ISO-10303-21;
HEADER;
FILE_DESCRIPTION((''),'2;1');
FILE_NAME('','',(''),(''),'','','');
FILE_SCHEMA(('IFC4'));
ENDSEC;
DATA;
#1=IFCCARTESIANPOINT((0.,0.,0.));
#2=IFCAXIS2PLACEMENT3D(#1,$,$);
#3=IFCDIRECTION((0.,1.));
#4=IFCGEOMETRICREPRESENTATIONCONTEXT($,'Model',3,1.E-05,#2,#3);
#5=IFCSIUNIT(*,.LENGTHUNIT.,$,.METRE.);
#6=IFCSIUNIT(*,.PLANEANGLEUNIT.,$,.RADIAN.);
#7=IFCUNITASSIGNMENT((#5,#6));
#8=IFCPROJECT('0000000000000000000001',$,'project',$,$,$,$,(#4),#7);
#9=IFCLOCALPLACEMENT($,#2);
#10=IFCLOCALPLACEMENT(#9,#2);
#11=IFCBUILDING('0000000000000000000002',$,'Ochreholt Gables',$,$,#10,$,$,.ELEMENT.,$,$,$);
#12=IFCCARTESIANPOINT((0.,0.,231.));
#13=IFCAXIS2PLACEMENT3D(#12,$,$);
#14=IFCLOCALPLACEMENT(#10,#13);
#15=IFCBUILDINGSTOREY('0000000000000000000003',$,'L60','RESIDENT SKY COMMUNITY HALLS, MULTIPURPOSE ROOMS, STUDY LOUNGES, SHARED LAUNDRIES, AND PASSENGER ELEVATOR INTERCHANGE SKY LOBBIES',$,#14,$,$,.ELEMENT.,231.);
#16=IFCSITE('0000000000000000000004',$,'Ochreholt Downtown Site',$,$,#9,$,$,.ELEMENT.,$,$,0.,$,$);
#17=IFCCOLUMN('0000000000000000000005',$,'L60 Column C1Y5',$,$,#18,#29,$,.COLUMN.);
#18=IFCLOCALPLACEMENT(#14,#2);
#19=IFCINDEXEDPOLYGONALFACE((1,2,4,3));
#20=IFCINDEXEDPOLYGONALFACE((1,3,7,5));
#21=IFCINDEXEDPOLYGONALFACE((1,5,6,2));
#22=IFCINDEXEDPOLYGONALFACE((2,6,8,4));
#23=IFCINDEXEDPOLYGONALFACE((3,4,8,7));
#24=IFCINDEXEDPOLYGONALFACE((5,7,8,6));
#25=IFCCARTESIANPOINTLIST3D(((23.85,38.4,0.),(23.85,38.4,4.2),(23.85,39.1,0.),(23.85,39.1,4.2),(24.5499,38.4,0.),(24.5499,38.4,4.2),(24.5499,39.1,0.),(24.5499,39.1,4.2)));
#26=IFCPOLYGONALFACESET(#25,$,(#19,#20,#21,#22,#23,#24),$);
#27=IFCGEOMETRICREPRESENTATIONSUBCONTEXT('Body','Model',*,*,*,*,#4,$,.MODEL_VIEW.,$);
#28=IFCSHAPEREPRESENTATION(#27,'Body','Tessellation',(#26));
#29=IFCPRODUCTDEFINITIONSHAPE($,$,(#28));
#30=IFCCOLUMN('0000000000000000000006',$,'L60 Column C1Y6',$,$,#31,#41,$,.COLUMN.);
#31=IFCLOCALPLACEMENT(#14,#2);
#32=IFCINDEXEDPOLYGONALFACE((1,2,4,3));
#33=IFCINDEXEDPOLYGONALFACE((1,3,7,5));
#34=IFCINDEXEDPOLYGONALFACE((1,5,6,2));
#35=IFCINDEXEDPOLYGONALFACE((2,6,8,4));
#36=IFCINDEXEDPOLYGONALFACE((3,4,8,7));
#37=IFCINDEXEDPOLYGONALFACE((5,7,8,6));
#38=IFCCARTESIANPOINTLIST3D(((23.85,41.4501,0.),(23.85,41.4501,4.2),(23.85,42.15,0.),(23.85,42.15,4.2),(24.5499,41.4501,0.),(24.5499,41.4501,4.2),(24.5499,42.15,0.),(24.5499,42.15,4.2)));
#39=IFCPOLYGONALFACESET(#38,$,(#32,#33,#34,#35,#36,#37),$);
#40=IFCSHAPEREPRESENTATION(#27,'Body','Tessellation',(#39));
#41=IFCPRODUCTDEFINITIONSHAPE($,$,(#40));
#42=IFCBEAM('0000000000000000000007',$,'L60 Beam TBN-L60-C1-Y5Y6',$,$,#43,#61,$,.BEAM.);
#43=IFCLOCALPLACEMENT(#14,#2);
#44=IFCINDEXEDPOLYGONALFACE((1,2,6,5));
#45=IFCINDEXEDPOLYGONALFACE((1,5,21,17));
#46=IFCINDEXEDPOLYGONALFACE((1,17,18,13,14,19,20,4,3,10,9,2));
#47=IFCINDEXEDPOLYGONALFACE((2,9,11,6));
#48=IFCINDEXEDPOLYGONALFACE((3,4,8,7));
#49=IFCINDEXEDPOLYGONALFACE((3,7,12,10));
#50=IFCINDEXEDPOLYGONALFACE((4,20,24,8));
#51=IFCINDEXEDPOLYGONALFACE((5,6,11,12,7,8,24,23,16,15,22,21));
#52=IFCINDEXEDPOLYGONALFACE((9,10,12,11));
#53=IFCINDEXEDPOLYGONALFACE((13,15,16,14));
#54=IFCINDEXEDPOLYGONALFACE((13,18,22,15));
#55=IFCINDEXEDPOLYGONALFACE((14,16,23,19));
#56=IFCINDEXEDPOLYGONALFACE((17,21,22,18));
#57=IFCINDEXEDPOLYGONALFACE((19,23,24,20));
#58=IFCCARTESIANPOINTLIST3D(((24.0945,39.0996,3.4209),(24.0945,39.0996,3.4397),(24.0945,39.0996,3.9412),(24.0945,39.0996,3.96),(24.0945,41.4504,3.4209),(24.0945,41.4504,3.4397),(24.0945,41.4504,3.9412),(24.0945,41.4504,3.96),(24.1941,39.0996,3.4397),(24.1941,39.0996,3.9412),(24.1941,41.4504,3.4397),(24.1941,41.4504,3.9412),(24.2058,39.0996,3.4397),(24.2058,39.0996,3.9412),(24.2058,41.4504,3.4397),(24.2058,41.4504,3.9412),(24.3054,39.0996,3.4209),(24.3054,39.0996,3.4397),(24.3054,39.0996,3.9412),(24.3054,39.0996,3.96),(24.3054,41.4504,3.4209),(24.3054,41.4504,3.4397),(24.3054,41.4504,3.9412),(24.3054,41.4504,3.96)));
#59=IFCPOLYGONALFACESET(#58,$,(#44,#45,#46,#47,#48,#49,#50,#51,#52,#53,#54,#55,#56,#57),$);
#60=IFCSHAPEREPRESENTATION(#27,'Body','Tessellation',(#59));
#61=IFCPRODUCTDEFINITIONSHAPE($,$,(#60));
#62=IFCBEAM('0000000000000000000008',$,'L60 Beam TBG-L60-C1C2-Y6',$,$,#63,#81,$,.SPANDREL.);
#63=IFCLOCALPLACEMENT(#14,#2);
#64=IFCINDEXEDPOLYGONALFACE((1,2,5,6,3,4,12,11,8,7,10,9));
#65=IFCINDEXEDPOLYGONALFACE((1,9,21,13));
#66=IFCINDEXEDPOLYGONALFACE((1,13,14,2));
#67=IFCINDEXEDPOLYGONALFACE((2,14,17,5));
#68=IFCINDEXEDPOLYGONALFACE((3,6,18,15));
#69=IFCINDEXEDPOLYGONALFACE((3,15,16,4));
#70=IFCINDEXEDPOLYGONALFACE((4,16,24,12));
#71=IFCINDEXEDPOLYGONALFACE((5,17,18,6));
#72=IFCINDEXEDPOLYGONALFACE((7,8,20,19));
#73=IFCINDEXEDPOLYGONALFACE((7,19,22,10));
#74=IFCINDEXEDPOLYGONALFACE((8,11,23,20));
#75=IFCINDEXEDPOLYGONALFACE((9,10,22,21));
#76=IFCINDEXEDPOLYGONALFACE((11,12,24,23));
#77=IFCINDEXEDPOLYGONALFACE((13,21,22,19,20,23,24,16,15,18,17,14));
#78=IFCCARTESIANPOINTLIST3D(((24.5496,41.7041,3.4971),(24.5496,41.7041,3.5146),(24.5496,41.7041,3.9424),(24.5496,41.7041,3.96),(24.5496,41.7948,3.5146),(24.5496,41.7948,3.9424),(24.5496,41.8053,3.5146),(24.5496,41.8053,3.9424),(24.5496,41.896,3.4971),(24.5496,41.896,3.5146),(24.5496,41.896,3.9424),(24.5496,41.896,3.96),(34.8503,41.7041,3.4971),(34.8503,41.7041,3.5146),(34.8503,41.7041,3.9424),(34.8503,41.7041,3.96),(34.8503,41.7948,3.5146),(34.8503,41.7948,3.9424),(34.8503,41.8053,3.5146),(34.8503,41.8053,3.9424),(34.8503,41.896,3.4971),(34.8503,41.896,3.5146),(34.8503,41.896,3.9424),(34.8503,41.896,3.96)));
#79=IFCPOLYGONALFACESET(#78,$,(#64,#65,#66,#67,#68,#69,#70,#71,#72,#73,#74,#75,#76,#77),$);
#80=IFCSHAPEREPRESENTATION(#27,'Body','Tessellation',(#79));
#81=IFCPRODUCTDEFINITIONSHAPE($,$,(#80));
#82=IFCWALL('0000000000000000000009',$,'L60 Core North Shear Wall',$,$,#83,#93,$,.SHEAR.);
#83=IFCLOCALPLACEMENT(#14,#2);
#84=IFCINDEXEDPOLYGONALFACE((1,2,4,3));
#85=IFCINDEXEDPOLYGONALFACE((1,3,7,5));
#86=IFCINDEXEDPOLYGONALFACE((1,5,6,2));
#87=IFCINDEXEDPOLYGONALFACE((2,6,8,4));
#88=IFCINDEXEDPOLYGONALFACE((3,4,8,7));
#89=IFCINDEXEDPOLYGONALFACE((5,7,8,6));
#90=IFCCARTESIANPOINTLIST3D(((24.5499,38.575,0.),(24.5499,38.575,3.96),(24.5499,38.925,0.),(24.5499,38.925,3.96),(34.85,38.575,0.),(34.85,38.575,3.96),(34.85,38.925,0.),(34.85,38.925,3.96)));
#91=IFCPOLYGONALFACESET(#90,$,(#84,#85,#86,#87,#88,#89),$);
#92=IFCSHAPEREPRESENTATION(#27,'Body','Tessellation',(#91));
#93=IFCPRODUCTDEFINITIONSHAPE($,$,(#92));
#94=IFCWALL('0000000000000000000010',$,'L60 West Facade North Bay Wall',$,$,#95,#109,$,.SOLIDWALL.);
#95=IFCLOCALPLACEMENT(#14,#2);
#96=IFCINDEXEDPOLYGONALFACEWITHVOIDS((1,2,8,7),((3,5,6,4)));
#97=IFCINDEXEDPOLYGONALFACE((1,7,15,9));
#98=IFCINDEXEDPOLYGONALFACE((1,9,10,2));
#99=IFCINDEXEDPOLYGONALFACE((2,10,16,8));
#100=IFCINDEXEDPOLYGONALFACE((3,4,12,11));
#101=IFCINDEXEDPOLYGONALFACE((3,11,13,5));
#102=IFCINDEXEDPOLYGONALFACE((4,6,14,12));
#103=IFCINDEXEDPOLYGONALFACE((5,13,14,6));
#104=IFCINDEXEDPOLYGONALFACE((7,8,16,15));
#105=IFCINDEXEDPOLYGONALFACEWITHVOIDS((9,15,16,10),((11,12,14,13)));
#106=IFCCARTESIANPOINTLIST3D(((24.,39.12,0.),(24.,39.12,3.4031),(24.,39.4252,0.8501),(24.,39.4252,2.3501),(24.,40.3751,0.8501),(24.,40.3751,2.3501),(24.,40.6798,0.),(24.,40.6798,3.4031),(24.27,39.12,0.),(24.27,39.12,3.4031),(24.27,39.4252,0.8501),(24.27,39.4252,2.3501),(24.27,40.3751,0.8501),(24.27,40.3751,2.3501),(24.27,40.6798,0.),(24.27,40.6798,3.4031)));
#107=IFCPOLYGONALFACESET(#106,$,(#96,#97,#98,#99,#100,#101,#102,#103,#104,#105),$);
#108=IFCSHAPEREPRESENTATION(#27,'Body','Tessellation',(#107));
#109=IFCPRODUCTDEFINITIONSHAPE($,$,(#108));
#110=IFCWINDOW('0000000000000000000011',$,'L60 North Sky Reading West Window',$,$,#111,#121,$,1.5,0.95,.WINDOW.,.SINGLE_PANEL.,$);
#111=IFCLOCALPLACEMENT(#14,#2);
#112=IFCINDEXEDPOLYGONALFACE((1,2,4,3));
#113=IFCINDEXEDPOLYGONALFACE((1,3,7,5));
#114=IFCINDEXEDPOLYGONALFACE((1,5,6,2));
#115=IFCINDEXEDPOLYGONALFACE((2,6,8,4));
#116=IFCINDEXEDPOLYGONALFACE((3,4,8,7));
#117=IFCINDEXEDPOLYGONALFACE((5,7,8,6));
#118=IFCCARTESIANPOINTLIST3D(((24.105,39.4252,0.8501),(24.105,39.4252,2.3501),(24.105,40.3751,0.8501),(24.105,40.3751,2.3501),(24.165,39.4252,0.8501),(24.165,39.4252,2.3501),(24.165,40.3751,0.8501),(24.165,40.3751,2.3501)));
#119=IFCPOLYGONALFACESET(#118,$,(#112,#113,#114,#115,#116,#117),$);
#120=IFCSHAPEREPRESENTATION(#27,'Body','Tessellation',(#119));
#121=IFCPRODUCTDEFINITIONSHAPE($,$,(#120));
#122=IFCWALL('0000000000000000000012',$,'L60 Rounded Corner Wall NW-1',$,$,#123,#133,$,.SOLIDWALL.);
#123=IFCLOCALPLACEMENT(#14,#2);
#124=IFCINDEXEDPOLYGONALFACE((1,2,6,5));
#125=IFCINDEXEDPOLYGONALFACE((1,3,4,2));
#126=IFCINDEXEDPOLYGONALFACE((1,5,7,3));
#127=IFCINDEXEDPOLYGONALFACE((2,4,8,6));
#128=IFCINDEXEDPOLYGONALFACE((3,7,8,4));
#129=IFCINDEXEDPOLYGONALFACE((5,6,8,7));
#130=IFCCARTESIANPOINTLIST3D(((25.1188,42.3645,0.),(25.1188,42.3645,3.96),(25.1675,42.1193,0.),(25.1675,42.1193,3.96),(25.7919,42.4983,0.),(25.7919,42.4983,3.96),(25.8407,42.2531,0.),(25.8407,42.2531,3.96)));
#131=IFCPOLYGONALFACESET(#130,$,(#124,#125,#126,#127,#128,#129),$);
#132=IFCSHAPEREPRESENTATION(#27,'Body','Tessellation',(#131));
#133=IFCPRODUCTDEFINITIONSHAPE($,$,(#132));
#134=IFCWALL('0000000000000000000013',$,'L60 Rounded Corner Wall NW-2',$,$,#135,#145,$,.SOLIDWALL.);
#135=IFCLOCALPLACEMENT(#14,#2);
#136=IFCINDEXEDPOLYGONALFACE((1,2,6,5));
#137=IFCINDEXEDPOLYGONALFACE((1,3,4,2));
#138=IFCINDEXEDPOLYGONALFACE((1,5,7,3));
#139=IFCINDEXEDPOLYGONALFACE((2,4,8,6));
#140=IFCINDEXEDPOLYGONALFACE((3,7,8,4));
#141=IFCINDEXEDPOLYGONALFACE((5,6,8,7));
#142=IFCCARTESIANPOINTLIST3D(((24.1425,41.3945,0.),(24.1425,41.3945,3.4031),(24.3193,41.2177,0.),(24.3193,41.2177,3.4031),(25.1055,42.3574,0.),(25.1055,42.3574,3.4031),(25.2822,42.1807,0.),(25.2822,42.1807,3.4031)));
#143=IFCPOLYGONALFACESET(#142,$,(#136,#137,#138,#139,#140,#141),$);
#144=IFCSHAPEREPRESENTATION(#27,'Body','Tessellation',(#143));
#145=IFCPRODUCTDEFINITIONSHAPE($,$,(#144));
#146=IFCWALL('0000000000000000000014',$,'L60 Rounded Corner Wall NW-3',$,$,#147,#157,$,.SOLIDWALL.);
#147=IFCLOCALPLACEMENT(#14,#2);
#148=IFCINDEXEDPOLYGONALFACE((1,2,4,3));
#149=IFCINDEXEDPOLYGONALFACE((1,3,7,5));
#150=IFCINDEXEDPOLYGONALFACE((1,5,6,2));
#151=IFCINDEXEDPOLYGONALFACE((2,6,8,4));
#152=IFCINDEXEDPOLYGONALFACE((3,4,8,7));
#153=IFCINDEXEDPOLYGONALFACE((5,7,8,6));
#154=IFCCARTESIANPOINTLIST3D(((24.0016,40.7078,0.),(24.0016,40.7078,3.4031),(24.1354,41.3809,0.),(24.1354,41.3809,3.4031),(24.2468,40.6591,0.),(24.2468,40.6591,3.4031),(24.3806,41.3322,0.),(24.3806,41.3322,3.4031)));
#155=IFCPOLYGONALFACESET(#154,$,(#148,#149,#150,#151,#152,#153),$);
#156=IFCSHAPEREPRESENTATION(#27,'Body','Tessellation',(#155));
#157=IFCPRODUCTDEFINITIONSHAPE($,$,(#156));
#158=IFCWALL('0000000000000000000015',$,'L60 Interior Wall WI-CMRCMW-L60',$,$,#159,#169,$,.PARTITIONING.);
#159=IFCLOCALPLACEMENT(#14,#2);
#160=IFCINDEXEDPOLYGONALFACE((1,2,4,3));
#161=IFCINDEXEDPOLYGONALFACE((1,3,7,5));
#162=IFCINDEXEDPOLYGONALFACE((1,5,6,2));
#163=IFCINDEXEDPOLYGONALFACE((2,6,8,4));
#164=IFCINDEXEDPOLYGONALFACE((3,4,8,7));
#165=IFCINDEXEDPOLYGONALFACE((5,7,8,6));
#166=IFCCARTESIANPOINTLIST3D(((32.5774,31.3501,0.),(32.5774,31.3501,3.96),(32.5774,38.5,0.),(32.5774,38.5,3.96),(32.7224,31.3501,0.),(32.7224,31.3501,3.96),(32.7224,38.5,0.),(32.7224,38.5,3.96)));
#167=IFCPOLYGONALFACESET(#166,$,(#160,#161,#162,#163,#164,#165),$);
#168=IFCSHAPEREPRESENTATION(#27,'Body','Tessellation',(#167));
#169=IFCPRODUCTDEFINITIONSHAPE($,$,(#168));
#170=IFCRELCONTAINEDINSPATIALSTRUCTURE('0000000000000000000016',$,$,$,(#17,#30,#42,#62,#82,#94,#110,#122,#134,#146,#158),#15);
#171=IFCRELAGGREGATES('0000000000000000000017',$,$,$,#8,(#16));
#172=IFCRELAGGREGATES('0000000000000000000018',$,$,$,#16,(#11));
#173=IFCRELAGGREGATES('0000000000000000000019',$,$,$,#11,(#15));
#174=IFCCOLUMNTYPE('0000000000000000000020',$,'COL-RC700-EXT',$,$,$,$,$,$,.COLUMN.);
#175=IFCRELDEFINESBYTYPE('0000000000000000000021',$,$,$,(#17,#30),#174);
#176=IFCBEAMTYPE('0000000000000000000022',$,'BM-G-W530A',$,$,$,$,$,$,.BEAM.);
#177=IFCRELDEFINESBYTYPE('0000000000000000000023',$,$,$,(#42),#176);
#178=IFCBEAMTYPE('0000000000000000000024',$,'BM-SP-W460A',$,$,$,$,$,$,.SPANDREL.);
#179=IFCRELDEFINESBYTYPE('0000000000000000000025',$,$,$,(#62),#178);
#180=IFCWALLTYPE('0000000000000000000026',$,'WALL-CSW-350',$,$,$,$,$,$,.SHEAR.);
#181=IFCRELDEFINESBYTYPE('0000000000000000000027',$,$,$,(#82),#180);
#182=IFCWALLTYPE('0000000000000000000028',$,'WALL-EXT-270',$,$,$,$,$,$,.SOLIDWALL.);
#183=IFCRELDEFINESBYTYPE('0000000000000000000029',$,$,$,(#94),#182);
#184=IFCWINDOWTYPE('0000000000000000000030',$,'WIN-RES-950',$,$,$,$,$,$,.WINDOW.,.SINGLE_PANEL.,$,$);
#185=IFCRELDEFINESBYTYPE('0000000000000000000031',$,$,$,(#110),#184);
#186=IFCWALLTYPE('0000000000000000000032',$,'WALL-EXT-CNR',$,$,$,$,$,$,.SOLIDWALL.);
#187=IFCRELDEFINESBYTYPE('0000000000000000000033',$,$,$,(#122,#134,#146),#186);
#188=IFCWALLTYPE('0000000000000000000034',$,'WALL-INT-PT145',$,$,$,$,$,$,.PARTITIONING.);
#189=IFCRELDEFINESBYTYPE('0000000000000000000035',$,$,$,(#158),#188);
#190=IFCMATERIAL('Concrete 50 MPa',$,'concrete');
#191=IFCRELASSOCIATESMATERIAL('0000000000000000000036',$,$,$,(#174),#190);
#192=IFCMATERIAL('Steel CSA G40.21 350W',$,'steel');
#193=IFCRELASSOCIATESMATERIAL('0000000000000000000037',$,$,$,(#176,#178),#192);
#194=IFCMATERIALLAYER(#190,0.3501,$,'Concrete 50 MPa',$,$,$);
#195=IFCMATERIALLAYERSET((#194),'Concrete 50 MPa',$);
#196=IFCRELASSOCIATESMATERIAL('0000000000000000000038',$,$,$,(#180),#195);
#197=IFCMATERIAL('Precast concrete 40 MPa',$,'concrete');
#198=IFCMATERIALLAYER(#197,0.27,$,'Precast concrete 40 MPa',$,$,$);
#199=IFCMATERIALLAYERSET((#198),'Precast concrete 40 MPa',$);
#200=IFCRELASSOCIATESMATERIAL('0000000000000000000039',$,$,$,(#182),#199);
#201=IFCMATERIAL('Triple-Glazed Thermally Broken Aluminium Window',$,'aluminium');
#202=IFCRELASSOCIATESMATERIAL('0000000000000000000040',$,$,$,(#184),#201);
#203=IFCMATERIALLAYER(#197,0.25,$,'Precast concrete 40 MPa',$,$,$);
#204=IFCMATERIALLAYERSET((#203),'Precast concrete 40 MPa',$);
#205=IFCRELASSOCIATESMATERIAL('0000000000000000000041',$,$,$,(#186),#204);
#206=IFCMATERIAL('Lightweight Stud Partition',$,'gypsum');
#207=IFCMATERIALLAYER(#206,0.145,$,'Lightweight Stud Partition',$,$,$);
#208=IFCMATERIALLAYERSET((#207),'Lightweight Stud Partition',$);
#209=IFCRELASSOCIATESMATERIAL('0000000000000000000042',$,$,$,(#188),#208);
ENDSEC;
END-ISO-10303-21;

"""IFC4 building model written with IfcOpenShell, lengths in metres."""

from ifc_helpers import new_model, si_unit, direction, frame, frame_2d, origin, origin_2d, place, context, subcontext, project, spatial, rectangle, i_section, extrude, material, layer, layer_set, material_profile, profile_set, type_object, element, fill, save


model = new_model("IFC4")

# Units and contexts
model_context = context("Model", 3, precision=1e-05, world=origin(), true_north=direction((0.0, 1.0)))
body_context = subcontext(model_context, "Body", "Model", "MODEL_VIEW")
ifc_project = project(units=[si_unit("LENGTHUNIT", "METRE"), si_unit("PLANEANGLEUNIT", "RADIAN")], contexts=[model_context])

# Site, building, storey
site_placement = place(None, origin())
site = spatial("IfcSite", under=ifc_project, at=site_placement, Name="Ochreholt Downtown Site", CompositionType="ELEMENT", RefElevation=0.0)
building_placement = place(site_placement, origin())
building = spatial("IfcBuilding", under=site, at=building_placement, Name="Ochreholt Gables", CompositionType="ELEMENT")
storey_placement = place(building_placement, frame((0.0, 0.0, 231.0)))
storey = spatial("IfcBuildingStorey", under=building, at=storey_placement, Name="L60", Description="RESIDENT SKY COMMUNITY HALLS, MULTIPURPOSE ROOMS, STUDY LOUNGES, SHARED LAUNDRIES, AND PASSENGER ELEVATOR INTERCHANGE SKY LOBBIES", CompositionType="ELEMENT", Elevation=231.0)

# Columns
ifc_material_1 = material(Name="Concrete 50 MPa", Category="concrete")
ifc_material_profile_1 = material_profile(ifc_material_1, rectangle(XDim=0.7, YDim=0.7, at=origin_2d()), Name="RC700X700")
ifc_profile_set_1 = profile_set([ifc_material_profile_1], Name="Concrete 50 MPa")
column_type = type_object("IfcColumnType", Name="COL-RC700-EXT", PredefinedType="COLUMN", material=ifc_profile_set_1)
for number, where, z_axis, x_axis, name in (
    (1, (24.2, 38.75, 0.0), (0.0, 0.0, 1.0), (1.0, 0.0, 0.0), "L60 Column C1Y5"),
    (2, (24.2, 41.8, 0.0), (0.0, 0.0, 1.0), (1.0, 0.0, 0.0), "L60 Column C1Y6"),
):
    element("IfcColumn", number, at=place(storey_placement, frame(where, z_axis=z_axis, x_axis=x_axis)), inside=storey, type_object=column_type, Name=name, PredefinedType="COLUMN", context=body_context, shape_type="SweptSolid", body=[
        extrude(rectangle(XDim=0.7, YDim=0.7, at=origin_2d()), origin(), (0.0, 0.0, 1.0), 4.2),
    ])

# Beams
ifc_material_2 = material(Name="Steel CSA G40.21 350W", Category="steel")
ifc_material_profile_2 = material_profile(ifc_material_2, i_section(OverallWidth=0.2109, OverallDepth=0.5391, WebThickness=0.0117, FlangeThickness=0.0188, at=origin_2d()), Name="W530X109")
ifc_profile_set_2 = profile_set([ifc_material_profile_2], Name="Steel CSA G40.21 350W")
beam_type_1 = type_object("IfcBeamType", Name="BM-G-W530A", PredefinedType="BEAM", material=ifc_profile_set_2)
beam_1_placement = place(storey_placement, frame((24.2, 39.0996, 3.6904), z_axis=(0.0, 1.0, 0.0), x_axis=(-1.0, 0.0, 0.0)))
element("IfcBeam", 3, at=beam_1_placement, inside=storey, type_object=beam_type_1, Name="L60 Beam TBN-L60-C1-Y5Y6", PredefinedType="BEAM", context=body_context, shape_type="SweptSolid", body=[
    extrude(i_section(OverallWidth=0.2109, OverallDepth=0.5391, WebThickness=0.0117, FlangeThickness=0.0188, at=origin_2d()), origin(), (0.0, 0.0, 1.0), 2.3508),
])
ifc_material_profile_3 = material_profile(ifc_material_2, i_section(OverallWidth=0.1919, OverallDepth=0.4629, WebThickness=0.0105, FlangeThickness=0.0176, at=origin_2d()), Name="W460X89")
ifc_profile_set_3 = profile_set([ifc_material_profile_3], Name="Steel CSA G40.21 350W")
beam_type_2 = type_object("IfcBeamType", Name="BM-SP-W460A", PredefinedType="SPANDREL", material=ifc_profile_set_3)
beam_2_placement = place(storey_placement, frame((24.5496, 41.8, 3.7285), z_axis=(1.0, 0.0, 0.0), x_axis=(0.0, 1.0, 0.0)))
element("IfcBeam", 4, at=beam_2_placement, inside=storey, type_object=beam_type_2, Name="L60 Beam TBG-L60-C1C2-Y6", PredefinedType="SPANDREL", context=body_context, shape_type="SweptSolid", body=[
    extrude(i_section(OverallWidth=0.1919, OverallDepth=0.4629, WebThickness=0.0105, FlangeThickness=0.0176, at=origin_2d()), origin(), (0.0, 0.0, 1.0), 10.3008),
])

# Wall
ifc_layer_1 = layer(ifc_material_1, 0.3501, Name="Concrete 50 MPa")
ifc_layer_set_1 = layer_set([ifc_layer_1], Name="Concrete 50 MPa")
wall_type_1 = type_object("IfcWallType", Name="WALL-CSW-350", PredefinedType="SHEAR", material=ifc_layer_set_1)
wall_1_placement = place(storey_placement, frame((24.55, 38.75, 0.0), z_axis=(0.0, 0.0, 1.0), x_axis=(1.0, 0.0, 0.0)))
element("IfcWall", 5, at=wall_1_placement, inside=storey, type_object=wall_type_1, Name="L60 Core North Shear Wall", PredefinedType="SHEAR", context=body_context, shape_type="SweptSolid", body=[
    extrude(rectangle(XDim=10.3, YDim=0.3501, at=frame_2d((5.1499, 0.0))), origin(), (0.0, 0.0, 1.0), 3.96),
])

# Wall, opening, window
ifc_material_3 = material(Name="Precast concrete 40 MPa", Category="concrete")
ifc_layer_2 = layer(ifc_material_3, 0.27, Name="Precast concrete 40 MPa")
ifc_layer_set_2 = layer_set([ifc_layer_2], Name="Precast concrete 40 MPa")
wall_type_2 = type_object("IfcWallType", Name="WALL-EXT-270", PredefinedType="SOLIDWALL", material=ifc_layer_set_2)
wall_2_placement = place(storey_placement, frame((24.135, 39.1201, 0.0), z_axis=(0.0, 0.0, 1.0), x_axis=(0.0, 1.0, 0.0)))
wall_2 = element("IfcWall", 6, at=wall_2_placement, inside=storey, type_object=wall_type_2, Name="L60 West Facade North Bay Wall", PredefinedType="SOLIDWALL", context=body_context, shape_type="SweptSolid", body=[
    extrude(rectangle(XDim=1.5598, YDim=0.27, at=frame_2d((0.7798, 0.0))), origin(), (0.0, 0.0, 1.0), 3.4031),
])
opening_1_placement = place(wall_2_placement, frame((0.3049, 0.0, 0.8501)))
opening_1 = element("IfcOpeningElement", 7, at=opening_1_placement, cuts=wall_2, PredefinedType="OPENING", context=body_context, shape_type="SweptSolid", body=[
    extrude(rectangle(XDim=0.95, YDim=1.5, at=frame_2d((0.4751, 0.75))), frame((0.0, 0.145, 0.0), z_axis=(0.0, -1.0, 0.0), x_axis=(1.0, 0.0, 0.0)), (0.0, 0.0, 1.0), 0.29),
])
ifc_material_4 = material(Name="Triple-Glazed Thermally Broken Aluminium Window", Category="aluminium")
window_type = type_object("IfcWindowType", Name="WIN-RES-950", PartitioningType="SINGLE_PANEL", PredefinedType="WINDOW", material=ifc_material_4)
window_placement = place(opening_1_placement, origin())
window = element("IfcWindow", 8, at=window_placement, inside=storey, type_object=window_type, Name="L60 North Sky Reading West Window", OverallHeight=1.5, OverallWidth=0.95, PartitioningType="SINGLE_PANEL", PredefinedType="WINDOW", context=body_context, shape_type="SweptSolid", body=[
    extrude(rectangle(XDim=0.95, YDim=1.5, at=frame_2d((0.4751, 0.75))), frame((0.0, 0.03, 0.0), z_axis=(0.0, -1.0, 0.0), x_axis=(1.0, 0.0, 0.0)), (0.0, 0.0, 1.0), 0.0601),
])
fill(opening_1, window)

# Walls
ifc_layer_3 = layer(ifc_material_3, 0.25, Name="Precast concrete 40 MPa")
ifc_layer_set_3 = layer_set([ifc_layer_3], Name="Precast concrete 40 MPa")
wall_type_3 = type_object("IfcWallType", Name="WALL-EXT-CNR", PredefinedType="SOLIDWALL", material=ifc_layer_set_3)
wall_3_placement = place(storey_placement, frame((25.8164, 42.3757, 0.0), z_axis=(0.0, 0.0, 1.0), x_axis=(-0.980813, -0.194953, 0.0)))
element("IfcWall", 9, at=wall_3_placement, inside=storey, type_object=wall_type_3, Name="L60 Rounded Corner Wall NW-1", PredefinedType="SOLIDWALL", context=body_context, shape_type="SweptSolid", body=[
    extrude(rectangle(XDim=0.6863, YDim=0.25, at=frame_2d((0.3433, 0.0))), origin(), (0.0, 0.0, 1.0), 3.96),
])
wall_4_placement = place(storey_placement, frame((25.1938, 42.269, 0.0), z_axis=(0.0, 0.0, 1.0), x_axis=(-0.707107, -0.707107, 0.0)))
element("IfcWall", 10, at=wall_4_placement, inside=storey, type_object=wall_type_3, Name="L60 Rounded Corner Wall NW-2", PredefinedType="SOLIDWALL", context=body_context, shape_type="SweptSolid", body=[
    extrude(rectangle(XDim=1.3618, YDim=0.25, at=frame_2d((0.6809, 0.0))), origin(), (0.0, 0.0, 1.0), 3.4031),
])
wall_5_placement = place(storey_placement, frame((24.2581, 41.3567, 0.0), z_axis=(0.0, 0.0, 1.0), x_axis=(-0.194953, -0.980813, 0.0)))
element("IfcWall", 11, at=wall_5_placement, inside=storey, type_object=wall_type_3, Name="L60 Rounded Corner Wall NW-3", PredefinedType="SOLIDWALL", context=body_context, shape_type="SweptSolid", body=[
    extrude(rectangle(XDim=0.6863, YDim=0.25, at=frame_2d((0.3433, 0.0))), origin(), (0.0, 0.0, 1.0), 3.4031),
])
ifc_material_5 = material(Name="Lightweight Stud Partition", Category="gypsum")
ifc_layer_4 = layer(ifc_material_5, 0.145, Name="Lightweight Stud Partition")
ifc_layer_set_4 = layer_set([ifc_layer_4], Name="Lightweight Stud Partition")
wall_type_4 = type_object("IfcWallType", Name="WALL-INT-PT145", PredefinedType="PARTITIONING", material=ifc_layer_set_4)
wall_6_placement = place(storey_placement, frame((32.6499, 31.3501, 0.0), z_axis=(0.0, 0.0, 1.0), x_axis=(0.0, 1.0, 0.0)))
element("IfcWall", 12, at=wall_6_placement, inside=storey, type_object=wall_type_4, Name="L60 Interior Wall WI-CMRCMW-L60", PredefinedType="PARTITIONING", context=body_context, shape_type="SweptSolid", body=[
    extrude(rectangle(XDim=7.1499, YDim=0.145, at=frame_2d((3.575, 0.0))), origin(), (0.0, 0.0, 1.0), 3.96),
])

save(model, "model.ifc")
